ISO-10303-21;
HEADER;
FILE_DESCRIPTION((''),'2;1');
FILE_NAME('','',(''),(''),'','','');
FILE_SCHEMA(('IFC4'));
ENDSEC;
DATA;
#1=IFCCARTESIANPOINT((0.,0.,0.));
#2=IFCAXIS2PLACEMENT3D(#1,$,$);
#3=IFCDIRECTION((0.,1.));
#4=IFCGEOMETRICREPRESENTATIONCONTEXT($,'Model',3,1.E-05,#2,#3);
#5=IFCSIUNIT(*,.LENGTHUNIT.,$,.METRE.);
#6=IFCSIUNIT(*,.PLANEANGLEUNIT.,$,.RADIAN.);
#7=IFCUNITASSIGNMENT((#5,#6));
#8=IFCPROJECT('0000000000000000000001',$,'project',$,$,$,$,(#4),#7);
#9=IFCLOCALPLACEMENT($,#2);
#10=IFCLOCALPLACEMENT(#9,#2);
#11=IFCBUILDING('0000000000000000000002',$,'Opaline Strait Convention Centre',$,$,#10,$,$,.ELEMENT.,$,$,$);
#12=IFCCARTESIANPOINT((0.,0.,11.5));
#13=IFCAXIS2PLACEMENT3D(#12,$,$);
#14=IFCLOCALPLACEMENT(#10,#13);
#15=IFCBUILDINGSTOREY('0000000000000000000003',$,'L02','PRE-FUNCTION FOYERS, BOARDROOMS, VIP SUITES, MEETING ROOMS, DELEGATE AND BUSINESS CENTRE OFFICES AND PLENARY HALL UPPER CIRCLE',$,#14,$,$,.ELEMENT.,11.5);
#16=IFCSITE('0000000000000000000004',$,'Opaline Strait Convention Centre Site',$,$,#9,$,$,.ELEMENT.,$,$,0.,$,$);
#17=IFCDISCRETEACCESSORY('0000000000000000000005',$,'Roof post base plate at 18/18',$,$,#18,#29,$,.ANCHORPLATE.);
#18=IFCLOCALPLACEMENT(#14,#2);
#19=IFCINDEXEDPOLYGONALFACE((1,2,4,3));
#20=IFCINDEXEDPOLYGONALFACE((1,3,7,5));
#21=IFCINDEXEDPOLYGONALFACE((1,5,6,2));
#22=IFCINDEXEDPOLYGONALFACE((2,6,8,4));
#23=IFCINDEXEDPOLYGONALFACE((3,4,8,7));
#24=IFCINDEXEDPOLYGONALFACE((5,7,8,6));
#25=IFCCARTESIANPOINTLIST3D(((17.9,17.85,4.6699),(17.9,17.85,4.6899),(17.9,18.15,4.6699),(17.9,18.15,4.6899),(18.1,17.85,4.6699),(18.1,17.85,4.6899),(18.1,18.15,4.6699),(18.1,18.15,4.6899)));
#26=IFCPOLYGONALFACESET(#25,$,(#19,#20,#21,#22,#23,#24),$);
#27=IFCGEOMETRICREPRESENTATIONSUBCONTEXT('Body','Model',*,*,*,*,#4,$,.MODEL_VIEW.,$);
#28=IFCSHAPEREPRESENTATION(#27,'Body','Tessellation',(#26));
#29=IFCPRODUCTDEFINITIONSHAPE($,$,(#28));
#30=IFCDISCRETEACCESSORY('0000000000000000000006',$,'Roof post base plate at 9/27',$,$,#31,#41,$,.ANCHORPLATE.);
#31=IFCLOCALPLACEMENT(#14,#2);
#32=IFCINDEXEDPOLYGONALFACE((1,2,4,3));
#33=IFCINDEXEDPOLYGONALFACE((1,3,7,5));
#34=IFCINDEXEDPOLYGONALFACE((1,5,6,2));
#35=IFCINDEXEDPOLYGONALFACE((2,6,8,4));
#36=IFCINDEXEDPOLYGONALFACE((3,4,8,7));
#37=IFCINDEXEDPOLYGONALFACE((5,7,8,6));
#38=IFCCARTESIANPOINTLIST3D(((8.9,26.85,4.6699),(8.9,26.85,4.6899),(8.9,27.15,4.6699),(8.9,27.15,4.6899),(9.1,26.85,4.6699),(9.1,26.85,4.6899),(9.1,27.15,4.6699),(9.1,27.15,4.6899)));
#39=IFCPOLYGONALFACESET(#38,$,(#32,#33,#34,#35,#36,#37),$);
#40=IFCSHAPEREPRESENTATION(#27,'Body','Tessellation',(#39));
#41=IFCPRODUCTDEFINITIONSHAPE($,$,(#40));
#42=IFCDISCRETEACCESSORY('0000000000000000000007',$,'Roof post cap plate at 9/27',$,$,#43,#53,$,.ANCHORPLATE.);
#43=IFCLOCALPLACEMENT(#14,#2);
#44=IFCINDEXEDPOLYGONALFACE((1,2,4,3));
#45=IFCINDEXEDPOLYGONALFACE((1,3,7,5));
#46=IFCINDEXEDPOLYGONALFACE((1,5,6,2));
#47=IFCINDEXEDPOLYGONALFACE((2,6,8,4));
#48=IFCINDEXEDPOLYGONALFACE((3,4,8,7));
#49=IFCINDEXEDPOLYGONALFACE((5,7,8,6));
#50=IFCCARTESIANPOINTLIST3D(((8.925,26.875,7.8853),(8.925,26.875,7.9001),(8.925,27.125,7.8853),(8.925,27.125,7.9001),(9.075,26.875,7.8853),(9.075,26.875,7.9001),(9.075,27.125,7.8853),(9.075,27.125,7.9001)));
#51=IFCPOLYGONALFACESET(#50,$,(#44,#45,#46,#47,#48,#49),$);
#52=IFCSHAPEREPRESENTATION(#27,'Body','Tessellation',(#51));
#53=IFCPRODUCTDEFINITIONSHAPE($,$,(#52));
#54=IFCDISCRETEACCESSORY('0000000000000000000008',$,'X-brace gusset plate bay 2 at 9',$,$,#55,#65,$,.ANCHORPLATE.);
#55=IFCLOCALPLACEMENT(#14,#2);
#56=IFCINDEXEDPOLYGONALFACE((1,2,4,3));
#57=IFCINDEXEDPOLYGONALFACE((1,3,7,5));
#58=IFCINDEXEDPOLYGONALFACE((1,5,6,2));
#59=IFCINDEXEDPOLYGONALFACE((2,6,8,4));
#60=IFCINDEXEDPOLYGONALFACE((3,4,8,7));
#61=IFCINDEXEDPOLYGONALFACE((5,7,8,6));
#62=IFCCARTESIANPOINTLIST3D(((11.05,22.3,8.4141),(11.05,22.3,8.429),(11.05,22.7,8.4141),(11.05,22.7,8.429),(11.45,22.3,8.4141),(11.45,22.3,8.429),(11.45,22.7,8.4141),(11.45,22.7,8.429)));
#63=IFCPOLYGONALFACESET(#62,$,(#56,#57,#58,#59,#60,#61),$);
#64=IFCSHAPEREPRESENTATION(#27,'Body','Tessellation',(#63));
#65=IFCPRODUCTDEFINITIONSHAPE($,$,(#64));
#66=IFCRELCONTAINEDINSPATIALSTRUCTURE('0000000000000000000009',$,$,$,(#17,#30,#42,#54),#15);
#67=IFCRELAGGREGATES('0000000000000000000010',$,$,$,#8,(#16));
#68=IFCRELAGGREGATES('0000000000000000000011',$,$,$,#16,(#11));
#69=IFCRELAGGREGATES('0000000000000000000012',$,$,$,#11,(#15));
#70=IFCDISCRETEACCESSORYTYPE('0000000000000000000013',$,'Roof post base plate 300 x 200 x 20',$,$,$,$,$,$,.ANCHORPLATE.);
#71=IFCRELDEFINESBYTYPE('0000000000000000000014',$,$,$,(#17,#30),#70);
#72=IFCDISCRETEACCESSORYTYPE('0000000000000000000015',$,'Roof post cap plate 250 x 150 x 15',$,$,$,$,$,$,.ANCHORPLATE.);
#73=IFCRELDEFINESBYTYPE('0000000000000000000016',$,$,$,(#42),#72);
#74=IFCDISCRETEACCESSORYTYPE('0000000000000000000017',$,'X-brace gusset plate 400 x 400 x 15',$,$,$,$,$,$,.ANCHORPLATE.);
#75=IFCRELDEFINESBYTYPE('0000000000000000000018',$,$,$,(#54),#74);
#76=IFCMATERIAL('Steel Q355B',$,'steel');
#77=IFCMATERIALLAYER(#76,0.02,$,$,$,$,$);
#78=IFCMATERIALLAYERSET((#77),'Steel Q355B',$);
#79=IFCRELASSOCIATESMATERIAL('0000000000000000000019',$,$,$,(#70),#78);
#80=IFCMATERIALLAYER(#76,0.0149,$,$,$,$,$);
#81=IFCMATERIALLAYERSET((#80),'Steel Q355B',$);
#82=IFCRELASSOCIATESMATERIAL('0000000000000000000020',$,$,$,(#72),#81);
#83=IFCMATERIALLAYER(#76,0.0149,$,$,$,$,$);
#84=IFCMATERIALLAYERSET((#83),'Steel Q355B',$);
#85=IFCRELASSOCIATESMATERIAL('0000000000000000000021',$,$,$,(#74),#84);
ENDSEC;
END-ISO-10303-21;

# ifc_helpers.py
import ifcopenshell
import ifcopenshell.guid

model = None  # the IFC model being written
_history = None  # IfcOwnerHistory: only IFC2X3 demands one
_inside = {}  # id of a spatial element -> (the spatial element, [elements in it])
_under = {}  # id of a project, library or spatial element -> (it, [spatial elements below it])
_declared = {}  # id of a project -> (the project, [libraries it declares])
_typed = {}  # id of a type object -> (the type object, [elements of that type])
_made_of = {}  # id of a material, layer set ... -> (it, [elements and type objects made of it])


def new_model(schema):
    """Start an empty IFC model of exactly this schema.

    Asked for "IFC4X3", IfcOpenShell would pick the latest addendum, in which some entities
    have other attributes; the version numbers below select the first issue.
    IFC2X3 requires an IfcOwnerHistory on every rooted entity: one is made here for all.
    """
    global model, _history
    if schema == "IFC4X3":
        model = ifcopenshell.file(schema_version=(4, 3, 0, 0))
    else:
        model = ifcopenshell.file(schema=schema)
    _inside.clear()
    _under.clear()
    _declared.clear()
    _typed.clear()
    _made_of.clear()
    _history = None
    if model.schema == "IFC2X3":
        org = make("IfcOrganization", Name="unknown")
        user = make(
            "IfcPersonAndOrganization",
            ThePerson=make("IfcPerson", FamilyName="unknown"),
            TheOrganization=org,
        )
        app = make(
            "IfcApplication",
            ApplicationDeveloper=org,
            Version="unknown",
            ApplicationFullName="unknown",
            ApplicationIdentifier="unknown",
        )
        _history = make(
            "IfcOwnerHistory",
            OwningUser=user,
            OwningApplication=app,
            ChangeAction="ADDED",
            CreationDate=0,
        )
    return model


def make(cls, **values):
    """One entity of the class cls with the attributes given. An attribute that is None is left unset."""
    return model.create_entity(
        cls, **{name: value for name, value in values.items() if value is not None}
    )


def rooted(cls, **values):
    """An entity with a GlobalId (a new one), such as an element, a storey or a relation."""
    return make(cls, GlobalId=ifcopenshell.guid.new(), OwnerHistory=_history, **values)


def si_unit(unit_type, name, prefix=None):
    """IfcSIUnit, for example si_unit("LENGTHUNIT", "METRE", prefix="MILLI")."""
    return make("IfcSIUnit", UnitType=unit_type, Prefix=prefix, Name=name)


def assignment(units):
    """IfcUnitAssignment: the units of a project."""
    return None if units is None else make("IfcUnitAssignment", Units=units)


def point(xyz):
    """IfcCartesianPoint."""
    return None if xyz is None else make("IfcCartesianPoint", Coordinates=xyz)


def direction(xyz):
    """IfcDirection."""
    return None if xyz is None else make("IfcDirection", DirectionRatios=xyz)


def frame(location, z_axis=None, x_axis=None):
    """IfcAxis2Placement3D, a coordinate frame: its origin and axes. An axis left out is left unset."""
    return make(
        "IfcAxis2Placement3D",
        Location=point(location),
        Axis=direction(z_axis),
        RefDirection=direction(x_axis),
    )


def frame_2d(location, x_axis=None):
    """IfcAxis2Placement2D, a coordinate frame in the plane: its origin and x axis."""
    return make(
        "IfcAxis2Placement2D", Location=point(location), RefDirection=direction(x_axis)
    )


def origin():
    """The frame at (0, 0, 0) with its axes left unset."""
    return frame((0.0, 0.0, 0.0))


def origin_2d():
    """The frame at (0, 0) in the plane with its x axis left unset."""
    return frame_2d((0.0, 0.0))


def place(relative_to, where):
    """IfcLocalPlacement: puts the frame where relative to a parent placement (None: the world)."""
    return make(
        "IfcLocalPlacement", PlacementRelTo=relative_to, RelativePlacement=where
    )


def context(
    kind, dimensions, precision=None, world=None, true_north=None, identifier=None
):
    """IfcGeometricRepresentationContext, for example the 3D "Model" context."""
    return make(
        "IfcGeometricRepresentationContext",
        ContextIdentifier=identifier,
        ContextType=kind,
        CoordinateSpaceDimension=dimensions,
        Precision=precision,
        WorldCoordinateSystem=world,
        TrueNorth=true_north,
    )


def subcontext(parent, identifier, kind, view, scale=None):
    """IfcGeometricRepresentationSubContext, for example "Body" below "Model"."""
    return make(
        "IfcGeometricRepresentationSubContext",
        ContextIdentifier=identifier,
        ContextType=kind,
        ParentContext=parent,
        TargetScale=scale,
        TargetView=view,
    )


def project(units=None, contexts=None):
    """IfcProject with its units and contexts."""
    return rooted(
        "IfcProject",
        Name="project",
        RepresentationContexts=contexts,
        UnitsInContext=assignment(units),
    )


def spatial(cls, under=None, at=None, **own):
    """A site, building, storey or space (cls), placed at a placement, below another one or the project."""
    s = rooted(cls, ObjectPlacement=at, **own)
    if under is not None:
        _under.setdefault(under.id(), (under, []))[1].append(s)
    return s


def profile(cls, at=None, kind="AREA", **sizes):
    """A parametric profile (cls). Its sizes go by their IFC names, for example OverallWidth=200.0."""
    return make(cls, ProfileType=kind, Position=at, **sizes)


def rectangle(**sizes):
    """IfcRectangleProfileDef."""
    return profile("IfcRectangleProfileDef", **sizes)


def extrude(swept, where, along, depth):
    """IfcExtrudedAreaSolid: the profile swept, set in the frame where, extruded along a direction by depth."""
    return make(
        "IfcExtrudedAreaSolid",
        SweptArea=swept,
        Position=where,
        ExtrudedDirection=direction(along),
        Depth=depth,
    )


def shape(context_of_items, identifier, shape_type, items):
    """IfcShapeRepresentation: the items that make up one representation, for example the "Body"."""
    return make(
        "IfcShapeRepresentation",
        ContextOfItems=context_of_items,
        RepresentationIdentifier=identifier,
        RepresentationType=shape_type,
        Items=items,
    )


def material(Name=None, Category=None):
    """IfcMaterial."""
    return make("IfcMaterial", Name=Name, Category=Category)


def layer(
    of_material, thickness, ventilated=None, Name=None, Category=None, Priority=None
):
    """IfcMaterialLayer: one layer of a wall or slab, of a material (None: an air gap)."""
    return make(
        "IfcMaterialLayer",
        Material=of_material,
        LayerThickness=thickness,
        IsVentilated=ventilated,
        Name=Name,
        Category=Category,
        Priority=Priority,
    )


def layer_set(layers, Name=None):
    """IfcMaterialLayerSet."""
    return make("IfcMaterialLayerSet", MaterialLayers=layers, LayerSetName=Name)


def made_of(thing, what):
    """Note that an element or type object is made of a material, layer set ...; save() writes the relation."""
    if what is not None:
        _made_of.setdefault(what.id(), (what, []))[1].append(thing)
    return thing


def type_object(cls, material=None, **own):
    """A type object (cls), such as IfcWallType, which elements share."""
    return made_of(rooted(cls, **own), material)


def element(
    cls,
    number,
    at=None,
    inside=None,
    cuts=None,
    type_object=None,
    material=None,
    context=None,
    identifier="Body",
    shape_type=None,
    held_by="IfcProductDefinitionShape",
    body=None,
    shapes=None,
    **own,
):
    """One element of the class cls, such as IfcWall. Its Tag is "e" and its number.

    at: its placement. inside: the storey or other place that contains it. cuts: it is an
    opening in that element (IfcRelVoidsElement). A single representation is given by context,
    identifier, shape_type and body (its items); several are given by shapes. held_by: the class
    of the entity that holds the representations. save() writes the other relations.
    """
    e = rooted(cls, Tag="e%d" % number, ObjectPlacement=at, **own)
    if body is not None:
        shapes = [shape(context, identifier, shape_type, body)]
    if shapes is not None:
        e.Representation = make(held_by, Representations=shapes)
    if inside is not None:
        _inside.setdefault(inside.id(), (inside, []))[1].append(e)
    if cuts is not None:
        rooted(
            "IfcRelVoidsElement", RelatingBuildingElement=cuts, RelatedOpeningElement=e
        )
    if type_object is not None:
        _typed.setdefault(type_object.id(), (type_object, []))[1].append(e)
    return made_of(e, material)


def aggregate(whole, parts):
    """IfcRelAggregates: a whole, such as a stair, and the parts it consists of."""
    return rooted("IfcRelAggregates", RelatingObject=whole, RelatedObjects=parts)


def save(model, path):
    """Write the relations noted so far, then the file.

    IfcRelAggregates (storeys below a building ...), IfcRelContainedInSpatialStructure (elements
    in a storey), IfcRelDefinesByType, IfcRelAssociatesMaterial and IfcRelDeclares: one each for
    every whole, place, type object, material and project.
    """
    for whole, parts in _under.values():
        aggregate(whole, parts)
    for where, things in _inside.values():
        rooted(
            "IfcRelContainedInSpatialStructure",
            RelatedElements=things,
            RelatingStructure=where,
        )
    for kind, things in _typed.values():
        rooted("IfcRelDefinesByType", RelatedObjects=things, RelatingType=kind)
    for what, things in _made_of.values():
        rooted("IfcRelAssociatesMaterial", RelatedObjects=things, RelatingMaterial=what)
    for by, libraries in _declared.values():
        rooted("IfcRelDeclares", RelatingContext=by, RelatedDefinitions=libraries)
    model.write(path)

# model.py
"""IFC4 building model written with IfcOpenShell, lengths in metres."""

from ifc_helpers import new_model, si_unit, direction, frame, origin, origin_2d, place, context, subcontext, project, spatial, rectangle, extrude, material, layer, layer_set, type_object, element, save


model = new_model("IFC4")

# Units and contexts
model_context = context("Model", 3, precision=1e-05, world=origin(), true_north=direction((0.0, 1.0)))
body_context = subcontext(model_context, "Body", "Model", "MODEL_VIEW")
ifc_project = project(units=[si_unit("LENGTHUNIT", "METRE"), si_unit("PLANEANGLEUNIT", "RADIAN")], contexts=[model_context])

# Site, building, storey
site_placement = place(None, origin())
site = spatial("IfcSite", under=ifc_project, at=site_placement, Name="Opaline Strait Convention Centre Site", CompositionType="ELEMENT", RefElevation=0.0)
building_placement = place(site_placement, origin())
building = spatial("IfcBuilding", under=site, at=building_placement, Name="Opaline Strait Convention Centre", CompositionType="ELEMENT")
storey_placement = place(building_placement, frame((0.0, 0.0, 11.5)))
storey = spatial("IfcBuildingStorey", under=building, at=storey_placement, Name="L02", Description="PRE-FUNCTION FOYERS, BOARDROOMS, VIP SUITES, MEETING ROOMS, DELEGATE AND BUSINESS CENTRE OFFICES AND PLENARY HALL UPPER CIRCLE", CompositionType="ELEMENT", Elevation=11.5)

# Shared definitions
ifc_material_1 = material(Name="Steel Q355B", Category="steel")

# Discrete accessories
ifc_layer_1 = layer(ifc_material_1, 0.02)
ifc_layer_set_1 = layer_set([ifc_layer_1], Name="Steel Q355B")
discrete_accessory_type_1 = type_object("IfcDiscreteAccessoryType", Name="Roof post base plate 300 x 200 x 20", PredefinedType="ANCHORPLATE", material=ifc_layer_set_1)
for number, where, z_axis, x_axis, name in (
    (1, (18.0, 18.0, 4.6699), (0.0, 0.0, 1.0), (1.0, 0.0, 0.0), "Roof post base plate at 18/18"),
    (2, (9.0, 27.0, 4.6699), (0.0, 0.0, 1.0), (1.0, 0.0, 0.0), "Roof post base plate at 9/27"),
):
    element("IfcDiscreteAccessory", number, at=place(storey_placement, frame(where, z_axis=z_axis, x_axis=x_axis)), inside=storey, type_object=discrete_accessory_type_1, Name=name, PredefinedType="ANCHORPLATE", context=body_context, shape_type="SweptSolid", body=[
        extrude(rectangle(XDim=0.2, YDim=0.3, at=origin_2d()), origin(), (0.0, 0.0, 1.0), 0.02),
    ])
ifc_layer_2 = layer(ifc_material_1, 0.0149)
ifc_layer_set_2 = layer_set([ifc_layer_2], Name="Steel Q355B")
discrete_accessory_type_2 = type_object("IfcDiscreteAccessoryType", Name="Roof post cap plate 250 x 150 x 15", PredefinedType="ANCHORPLATE", material=ifc_layer_set_2)
discrete_accessory_1_placement = place(storey_placement, frame((9.0, 27.0, 7.8853), z_axis=(0.0, 0.0, 1.0), x_axis=(1.0, 0.0, 0.0)))
element("IfcDiscreteAccessory", 3, at=discrete_accessory_1_placement, inside=storey, type_object=discrete_accessory_type_2, Name="Roof post cap plate at 9/27", PredefinedType="ANCHORPLATE", context=body_context, shape_type="SweptSolid", body=[
    extrude(rectangle(XDim=0.1499, YDim=0.25, at=origin_2d()), origin(), (0.0, 0.0, 1.0), 0.0149),
])
ifc_layer_3 = layer(ifc_material_1, 0.0149)
ifc_layer_set_3 = layer_set([ifc_layer_3], Name="Steel Q355B")
discrete_accessory_type_3 = type_object("IfcDiscreteAccessoryType", Name="X-brace gusset plate 400 x 400 x 15", PredefinedType="ANCHORPLATE", material=ifc_layer_set_3)
discrete_accessory_2_placement = place(storey_placement, frame((11.25, 22.5, 8.4141), z_axis=(0.0, 0.0, 1.0), x_axis=(1.0, 0.0, 0.0)))
element("IfcDiscreteAccessory", 4, at=discrete_accessory_2_placement, inside=storey, type_object=discrete_accessory_type_3, Name="X-brace gusset plate bay 2 at 9", PredefinedType="ANCHORPLATE", context=body_context, shape_type="SweptSolid", body=[
    extrude(rectangle(XDim=0.3999, YDim=0.3999, at=origin_2d()), origin(), (0.0, 0.0, 1.0), 0.0149),
])

save(model, "model.ifc")
